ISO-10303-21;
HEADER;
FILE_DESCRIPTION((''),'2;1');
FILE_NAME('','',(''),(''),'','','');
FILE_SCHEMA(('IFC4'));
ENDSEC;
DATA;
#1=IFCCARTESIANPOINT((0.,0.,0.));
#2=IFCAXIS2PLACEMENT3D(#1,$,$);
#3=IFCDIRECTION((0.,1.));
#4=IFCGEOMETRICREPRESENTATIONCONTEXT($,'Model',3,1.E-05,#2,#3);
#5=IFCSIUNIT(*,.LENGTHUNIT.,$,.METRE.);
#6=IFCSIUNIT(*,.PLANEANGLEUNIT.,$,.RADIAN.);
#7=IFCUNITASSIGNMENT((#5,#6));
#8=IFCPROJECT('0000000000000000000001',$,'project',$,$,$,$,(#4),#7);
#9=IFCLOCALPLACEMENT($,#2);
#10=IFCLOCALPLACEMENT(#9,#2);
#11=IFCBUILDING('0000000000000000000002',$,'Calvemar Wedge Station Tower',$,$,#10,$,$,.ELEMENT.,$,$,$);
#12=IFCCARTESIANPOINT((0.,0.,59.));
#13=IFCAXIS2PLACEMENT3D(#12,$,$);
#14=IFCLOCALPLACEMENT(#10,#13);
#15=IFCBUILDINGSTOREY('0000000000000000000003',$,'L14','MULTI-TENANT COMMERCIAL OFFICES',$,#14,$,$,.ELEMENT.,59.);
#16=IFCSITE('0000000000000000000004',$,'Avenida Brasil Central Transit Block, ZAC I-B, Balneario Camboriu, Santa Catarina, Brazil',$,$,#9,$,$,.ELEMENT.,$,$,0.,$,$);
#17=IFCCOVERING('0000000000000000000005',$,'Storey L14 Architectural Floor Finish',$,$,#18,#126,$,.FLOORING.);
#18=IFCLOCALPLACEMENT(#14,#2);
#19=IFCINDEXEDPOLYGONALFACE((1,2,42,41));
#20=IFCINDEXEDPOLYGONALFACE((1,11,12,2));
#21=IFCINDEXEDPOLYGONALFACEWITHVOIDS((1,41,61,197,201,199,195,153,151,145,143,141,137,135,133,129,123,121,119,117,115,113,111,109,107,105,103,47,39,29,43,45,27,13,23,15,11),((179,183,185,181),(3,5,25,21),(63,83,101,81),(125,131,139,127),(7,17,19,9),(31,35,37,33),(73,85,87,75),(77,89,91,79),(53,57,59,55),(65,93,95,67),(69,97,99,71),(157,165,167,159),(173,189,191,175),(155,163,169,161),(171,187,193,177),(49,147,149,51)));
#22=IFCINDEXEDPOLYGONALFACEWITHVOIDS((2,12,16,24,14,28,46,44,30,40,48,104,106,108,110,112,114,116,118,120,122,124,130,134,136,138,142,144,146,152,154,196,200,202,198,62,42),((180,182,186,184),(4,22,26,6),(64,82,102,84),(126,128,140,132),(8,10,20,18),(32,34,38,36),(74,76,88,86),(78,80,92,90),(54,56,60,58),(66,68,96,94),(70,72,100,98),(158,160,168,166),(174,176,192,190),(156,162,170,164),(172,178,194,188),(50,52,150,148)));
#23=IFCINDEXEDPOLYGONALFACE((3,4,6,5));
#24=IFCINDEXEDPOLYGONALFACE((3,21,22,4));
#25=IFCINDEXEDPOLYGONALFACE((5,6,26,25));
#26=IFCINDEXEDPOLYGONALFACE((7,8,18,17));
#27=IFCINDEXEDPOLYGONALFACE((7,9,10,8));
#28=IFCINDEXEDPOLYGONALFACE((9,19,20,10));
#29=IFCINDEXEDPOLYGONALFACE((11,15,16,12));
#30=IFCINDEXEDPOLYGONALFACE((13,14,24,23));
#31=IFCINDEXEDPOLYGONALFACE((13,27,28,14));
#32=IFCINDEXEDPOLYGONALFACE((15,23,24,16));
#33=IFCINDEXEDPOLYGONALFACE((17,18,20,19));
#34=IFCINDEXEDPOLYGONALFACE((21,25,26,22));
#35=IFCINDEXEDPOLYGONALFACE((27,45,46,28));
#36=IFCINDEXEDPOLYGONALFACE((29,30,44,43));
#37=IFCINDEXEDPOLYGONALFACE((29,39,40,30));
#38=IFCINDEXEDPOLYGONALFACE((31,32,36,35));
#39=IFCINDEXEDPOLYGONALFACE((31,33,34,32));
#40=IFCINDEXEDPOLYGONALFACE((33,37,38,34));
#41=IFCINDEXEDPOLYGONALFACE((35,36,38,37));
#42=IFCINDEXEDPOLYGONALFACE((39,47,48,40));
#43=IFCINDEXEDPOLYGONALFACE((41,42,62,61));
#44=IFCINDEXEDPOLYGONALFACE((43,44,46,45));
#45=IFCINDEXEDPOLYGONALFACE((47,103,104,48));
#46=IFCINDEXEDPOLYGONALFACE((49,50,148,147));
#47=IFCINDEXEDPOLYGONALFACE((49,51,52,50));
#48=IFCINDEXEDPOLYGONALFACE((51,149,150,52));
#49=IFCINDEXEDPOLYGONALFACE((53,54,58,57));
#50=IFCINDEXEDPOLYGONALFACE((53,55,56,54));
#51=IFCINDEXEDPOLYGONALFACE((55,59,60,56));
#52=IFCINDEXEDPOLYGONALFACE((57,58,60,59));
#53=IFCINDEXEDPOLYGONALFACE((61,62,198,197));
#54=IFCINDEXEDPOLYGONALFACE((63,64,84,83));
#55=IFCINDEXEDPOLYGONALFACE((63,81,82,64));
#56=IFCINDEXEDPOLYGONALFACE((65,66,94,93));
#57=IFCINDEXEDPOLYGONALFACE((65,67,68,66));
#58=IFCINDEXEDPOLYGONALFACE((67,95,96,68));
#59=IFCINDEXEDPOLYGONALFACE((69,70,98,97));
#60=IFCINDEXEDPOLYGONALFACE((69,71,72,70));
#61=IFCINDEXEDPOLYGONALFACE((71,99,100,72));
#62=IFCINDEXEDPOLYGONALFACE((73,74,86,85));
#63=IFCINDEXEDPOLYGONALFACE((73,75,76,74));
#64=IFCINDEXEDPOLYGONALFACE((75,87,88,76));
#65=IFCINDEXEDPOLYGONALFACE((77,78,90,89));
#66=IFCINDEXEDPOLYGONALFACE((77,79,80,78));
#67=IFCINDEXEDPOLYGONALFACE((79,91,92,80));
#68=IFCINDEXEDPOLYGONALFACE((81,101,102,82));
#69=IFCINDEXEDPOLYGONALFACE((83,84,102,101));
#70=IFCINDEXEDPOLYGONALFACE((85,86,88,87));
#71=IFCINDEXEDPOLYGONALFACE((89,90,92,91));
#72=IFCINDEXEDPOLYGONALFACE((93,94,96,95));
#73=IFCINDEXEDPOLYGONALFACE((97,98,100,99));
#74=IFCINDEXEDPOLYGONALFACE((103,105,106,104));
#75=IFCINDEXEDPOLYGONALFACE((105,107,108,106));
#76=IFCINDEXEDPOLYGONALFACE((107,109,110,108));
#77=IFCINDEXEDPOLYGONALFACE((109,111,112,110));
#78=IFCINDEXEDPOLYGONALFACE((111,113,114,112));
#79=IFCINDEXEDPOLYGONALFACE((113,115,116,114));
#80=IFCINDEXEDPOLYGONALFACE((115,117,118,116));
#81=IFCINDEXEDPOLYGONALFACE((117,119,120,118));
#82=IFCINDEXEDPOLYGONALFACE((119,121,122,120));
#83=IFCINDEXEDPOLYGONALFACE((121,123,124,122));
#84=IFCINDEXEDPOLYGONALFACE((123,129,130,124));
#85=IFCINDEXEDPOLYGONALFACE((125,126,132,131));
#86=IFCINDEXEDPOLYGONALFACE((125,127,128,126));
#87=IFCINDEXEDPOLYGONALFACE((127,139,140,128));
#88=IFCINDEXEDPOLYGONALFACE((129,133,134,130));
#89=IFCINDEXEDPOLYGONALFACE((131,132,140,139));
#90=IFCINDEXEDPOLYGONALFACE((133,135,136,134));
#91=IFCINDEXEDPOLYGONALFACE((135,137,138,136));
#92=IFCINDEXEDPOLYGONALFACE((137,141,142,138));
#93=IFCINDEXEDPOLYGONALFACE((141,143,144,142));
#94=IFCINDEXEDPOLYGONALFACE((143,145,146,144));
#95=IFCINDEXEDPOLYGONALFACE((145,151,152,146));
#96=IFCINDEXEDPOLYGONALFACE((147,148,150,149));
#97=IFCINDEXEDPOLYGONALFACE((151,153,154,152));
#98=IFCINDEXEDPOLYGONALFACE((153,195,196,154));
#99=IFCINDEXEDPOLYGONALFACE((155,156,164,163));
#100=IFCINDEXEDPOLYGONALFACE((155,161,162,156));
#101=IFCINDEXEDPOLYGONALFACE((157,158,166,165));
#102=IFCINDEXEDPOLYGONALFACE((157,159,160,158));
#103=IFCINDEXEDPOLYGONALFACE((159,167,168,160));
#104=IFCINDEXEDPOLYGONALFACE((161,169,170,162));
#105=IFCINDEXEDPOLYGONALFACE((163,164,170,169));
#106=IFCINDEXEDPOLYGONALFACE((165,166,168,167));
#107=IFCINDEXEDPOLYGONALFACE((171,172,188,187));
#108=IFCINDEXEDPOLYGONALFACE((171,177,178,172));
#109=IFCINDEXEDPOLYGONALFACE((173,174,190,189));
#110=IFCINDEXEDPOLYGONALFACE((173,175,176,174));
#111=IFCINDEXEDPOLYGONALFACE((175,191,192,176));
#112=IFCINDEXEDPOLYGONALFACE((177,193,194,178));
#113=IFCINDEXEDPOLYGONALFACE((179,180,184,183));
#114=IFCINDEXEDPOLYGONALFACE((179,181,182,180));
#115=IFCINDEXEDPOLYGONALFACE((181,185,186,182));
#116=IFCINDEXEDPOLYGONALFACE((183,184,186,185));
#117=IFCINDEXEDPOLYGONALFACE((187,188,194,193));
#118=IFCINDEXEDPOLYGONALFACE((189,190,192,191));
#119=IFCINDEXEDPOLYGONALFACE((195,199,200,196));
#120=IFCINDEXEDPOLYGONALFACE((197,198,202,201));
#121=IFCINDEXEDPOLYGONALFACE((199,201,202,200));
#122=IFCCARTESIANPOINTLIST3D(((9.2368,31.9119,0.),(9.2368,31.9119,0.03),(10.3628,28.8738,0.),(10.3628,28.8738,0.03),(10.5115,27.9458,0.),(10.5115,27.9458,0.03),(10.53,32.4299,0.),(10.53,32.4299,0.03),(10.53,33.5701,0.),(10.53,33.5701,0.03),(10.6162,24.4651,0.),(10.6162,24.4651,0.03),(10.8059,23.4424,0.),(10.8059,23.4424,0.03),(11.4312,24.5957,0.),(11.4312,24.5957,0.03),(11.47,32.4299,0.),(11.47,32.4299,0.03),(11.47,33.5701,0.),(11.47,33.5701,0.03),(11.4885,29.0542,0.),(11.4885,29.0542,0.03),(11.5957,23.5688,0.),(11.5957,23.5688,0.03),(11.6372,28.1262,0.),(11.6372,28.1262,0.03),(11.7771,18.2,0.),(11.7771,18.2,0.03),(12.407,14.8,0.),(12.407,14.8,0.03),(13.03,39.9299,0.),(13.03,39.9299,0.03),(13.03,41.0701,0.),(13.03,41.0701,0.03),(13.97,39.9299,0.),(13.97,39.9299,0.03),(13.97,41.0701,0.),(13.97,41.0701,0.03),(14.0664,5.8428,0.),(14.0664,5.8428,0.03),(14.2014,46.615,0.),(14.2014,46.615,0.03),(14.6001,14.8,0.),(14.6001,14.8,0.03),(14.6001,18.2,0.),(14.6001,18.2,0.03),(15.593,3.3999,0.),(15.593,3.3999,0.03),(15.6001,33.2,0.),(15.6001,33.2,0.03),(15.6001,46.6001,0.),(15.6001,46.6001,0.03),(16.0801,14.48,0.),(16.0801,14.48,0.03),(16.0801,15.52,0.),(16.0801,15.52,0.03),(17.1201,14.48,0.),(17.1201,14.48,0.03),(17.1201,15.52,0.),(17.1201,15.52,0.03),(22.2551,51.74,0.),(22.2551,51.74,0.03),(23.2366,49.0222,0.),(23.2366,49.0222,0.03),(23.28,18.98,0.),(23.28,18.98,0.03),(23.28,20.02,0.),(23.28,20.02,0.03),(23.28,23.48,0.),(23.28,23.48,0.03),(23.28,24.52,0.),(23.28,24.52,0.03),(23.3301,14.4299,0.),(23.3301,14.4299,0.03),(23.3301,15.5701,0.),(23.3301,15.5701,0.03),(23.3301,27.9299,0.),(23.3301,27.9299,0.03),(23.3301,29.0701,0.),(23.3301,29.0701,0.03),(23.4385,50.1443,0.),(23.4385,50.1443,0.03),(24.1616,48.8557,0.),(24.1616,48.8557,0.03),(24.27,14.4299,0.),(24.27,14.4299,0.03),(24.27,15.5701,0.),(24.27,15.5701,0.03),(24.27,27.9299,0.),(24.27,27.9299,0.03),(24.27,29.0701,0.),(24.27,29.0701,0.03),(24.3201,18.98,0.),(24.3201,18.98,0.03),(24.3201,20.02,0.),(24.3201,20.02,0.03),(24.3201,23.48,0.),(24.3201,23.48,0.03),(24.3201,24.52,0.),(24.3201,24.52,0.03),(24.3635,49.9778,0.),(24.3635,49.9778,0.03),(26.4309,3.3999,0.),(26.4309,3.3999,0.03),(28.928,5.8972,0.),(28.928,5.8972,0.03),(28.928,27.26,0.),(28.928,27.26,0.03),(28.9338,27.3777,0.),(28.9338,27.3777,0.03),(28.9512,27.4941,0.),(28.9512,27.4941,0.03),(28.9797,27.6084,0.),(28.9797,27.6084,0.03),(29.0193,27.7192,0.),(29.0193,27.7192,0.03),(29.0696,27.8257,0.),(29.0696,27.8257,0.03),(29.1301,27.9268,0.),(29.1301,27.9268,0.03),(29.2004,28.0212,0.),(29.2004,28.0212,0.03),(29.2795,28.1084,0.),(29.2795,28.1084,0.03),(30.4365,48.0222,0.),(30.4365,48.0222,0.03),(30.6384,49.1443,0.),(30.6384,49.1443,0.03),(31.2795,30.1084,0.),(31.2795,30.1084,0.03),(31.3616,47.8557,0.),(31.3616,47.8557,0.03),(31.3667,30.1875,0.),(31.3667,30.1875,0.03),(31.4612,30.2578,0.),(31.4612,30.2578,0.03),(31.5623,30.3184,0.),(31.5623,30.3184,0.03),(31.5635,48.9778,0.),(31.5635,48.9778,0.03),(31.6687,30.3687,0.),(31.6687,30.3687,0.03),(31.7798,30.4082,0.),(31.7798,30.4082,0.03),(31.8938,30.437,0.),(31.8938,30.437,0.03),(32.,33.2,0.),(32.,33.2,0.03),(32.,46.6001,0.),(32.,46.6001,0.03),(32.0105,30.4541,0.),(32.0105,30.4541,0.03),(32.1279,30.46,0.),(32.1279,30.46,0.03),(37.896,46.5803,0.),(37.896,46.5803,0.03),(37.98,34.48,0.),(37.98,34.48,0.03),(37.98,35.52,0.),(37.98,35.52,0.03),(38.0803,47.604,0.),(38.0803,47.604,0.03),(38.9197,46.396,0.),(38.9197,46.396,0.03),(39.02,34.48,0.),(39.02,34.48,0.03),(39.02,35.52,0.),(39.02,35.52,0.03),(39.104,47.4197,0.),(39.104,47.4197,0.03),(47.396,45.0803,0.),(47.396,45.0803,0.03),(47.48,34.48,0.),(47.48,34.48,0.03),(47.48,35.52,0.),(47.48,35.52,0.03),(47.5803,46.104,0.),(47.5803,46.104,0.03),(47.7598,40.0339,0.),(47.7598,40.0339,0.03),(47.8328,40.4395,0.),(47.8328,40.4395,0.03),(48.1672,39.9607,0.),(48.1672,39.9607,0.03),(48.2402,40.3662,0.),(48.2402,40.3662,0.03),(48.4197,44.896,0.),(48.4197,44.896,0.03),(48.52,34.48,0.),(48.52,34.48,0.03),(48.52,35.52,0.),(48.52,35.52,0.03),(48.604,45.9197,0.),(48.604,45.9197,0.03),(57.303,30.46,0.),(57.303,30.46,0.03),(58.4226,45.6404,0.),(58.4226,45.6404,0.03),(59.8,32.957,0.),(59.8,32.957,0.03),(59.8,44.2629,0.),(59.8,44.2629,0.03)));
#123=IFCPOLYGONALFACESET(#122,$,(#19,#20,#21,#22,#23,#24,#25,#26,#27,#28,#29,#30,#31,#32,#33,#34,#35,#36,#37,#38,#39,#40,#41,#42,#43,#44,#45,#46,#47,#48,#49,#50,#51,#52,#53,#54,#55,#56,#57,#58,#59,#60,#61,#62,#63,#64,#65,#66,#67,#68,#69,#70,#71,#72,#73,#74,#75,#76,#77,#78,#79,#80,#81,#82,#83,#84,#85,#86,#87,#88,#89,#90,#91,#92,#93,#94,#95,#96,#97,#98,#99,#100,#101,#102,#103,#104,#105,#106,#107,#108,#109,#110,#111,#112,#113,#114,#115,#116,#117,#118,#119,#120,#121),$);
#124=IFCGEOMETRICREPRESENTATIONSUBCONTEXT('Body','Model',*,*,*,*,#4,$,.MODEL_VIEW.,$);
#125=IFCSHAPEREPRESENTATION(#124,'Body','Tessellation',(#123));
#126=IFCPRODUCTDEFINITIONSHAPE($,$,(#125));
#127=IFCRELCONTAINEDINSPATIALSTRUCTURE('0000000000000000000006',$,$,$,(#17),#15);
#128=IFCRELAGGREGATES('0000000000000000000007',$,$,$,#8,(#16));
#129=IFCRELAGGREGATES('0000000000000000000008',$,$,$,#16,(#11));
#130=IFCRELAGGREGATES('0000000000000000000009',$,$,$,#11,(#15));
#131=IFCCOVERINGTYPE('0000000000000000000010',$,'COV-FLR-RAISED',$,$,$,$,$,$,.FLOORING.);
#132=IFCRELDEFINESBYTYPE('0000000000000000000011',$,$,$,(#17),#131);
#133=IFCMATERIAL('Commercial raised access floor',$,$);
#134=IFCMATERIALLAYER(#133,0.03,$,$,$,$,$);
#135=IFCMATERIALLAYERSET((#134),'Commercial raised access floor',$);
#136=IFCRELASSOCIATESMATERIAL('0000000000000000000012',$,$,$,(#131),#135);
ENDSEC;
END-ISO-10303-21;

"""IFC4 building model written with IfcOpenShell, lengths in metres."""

from ifc_helpers import new_model, si_unit, direction, frame, origin, place, context, subcontext, project, spatial, polyline, outline, extrude, material, layer, layer_set, type_object, element, save


model = new_model("IFC4")

# Units and contexts
model_context = context("Model", 3, precision=1e-05, world=origin(), true_north=direction((0.0, 1.0)))
body_context = subcontext(model_context, "Body", "Model", "MODEL_VIEW")
ifc_project = project(units=[si_unit("LENGTHUNIT", "METRE"), si_unit("PLANEANGLEUNIT", "RADIAN")], contexts=[model_context])

# Site, building, storey
site_placement = place(None, origin())
site = spatial("IfcSite", under=ifc_project, at=site_placement, Name="Avenida Brasil Central Transit Block, ZAC I-B, Balneario Camboriu, Santa Catarina, Brazil", CompositionType="ELEMENT", RefElevation=0.0)
building_placement = place(site_placement, origin())
building = spatial("IfcBuilding", under=site, at=building_placement, Name="Calvemar Wedge Station Tower", CompositionType="ELEMENT")
storey_placement = place(building_placement, frame((0.0, 0.0, 59.0)))
storey = spatial("IfcBuildingStorey", under=building, at=storey_placement, Name="L14", Description="MULTI-TENANT COMMERCIAL OFFICES", CompositionType="ELEMENT", Elevation=59.0)

# Covering
ifc_material_1 = material(Name="Commercial raised access floor")
ifc_layer_1 = layer(ifc_material_1, 0.03)
ifc_layer_set_1 = layer_set([ifc_layer_1], Name="Commercial raised access floor")
covering_type_1 = type_object("IfcCoveringType", Name="COV-FLR-RAISED", PredefinedType="FLOORING", material=ifc_layer_set_1)
covering_1_placement = place(storey_placement, origin())
element("IfcCovering", 1, at=covering_1_placement, inside=storey, type_object=covering_type_1, Name="Storey L14 Architectural Floor Finish", PredefinedType="FLOORING", context=body_context, shape_type="SweptSolid", body=[
    extrude(outline(polyline([(29.2795, 28.1084), (31.2795, 30.1084), (31.3667, 30.1875), (31.4612, 30.2578), (31.5623, 30.3184), (31.6687, 30.3687), (31.7798, 30.4082), (31.8938, 30.437), (32.0105, 30.4541), (32.1279, 30.46), (57.303, 30.46), (59.8, 32.957), (59.8, 44.2629), (58.4226, 45.6404), (22.2551, 51.74), (14.2014, 46.615), (9.2368, 31.9119), (10.6162, 24.4651), (11.4312, 24.5957), (11.5957, 23.5688), (10.8059, 23.4424), (11.7771, 18.2), (14.6001, 18.2), (14.6001, 14.8), (12.407, 14.8), (14.0664, 5.8428), (15.593, 3.3999), (26.4309, 3.3999), (28.928, 5.8972), (28.928, 27.26), (28.9338, 27.3777), (28.9512, 27.4941), (28.9797, 27.6084), (29.0193, 27.7192), (29.0696, 27.8257), (29.1301, 27.9268), (29.2004, 28.0212), (29.2795, 28.1084)]), holes=[polyline([(15.6001, 46.6001), (32.0, 46.6001), (32.0, 33.2), (15.6001, 33.2), (15.6001, 46.6001)]), polyline([(10.53, 32.4299), (10.53, 33.5701), (11.47, 33.5701), (11.47, 32.4299), (10.53, 32.4299)]), polyline([(13.03, 41.0701), (13.97, 41.0701), (13.97, 39.9299), (13.03, 39.9299), (13.03, 41.0701)]), polyline([(24.3635, 49.9778), (24.1616, 48.8557), (23.2366, 49.0222), (23.4385, 50.1443), (24.3635, 49.9778)]), polyline([(31.3616, 47.8557), (30.4365, 48.0222), (30.6384, 49.1443), (31.5635, 48.9778), (31.3616, 47.8557)]), polyline([(37.896, 46.5803), (38.0803, 47.604), (39.104, 47.4197), (38.9197, 46.396), (37.896, 46.5803)]), polyline([(47.5803, 46.104), (48.604, 45.9197), (48.4197, 44.896), (47.396, 45.0803), (47.5803, 46.104)]), polyline([(39.02, 35.52), (39.02, 34.48), (37.98, 34.48), (37.98, 35.52), (39.02, 35.52)]), polyline([(48.52, 34.48), (47.48, 34.48), (47.48, 35.52), (48.52, 35.52), (48.52, 34.48)]), polyline([(47.7598, 40.0339), (47.8328, 40.4395), (48.2402, 40.3662), (48.1672, 39.9607), (47.7598, 40.0339)]), polyline([(11.4885, 29.0542), (11.6372, 28.1262), (10.5115, 27.9458), (10.3628, 28.8738), (11.4885, 29.0542)]), polyline([(24.27, 27.9299), (23.3301, 27.9299), (23.3301, 29.0701), (24.27, 29.0701), (24.27, 27.9299)]), polyline([(23.28, 23.48), (23.28, 24.52), (24.3201, 24.52), (24.3201, 23.48), (23.28, 23.48)]), polyline([(23.28, 20.02), (24.3201, 20.02), (24.3201, 18.98), (23.28, 18.98), (23.28, 20.02)]), polyline([(24.27, 15.5701), (24.27, 14.4299), (23.3301, 14.4299), (23.3301, 15.5701), (24.27, 15.5701)]), polyline([(17.1201, 14.48), (16.0801, 14.48), (16.0801, 15.52), (17.1201, 15.52), (17.1201, 14.48)])]), origin(), (0.0, 0.0, 1.0), 0.03),
])

save(model, "model.ifc")
